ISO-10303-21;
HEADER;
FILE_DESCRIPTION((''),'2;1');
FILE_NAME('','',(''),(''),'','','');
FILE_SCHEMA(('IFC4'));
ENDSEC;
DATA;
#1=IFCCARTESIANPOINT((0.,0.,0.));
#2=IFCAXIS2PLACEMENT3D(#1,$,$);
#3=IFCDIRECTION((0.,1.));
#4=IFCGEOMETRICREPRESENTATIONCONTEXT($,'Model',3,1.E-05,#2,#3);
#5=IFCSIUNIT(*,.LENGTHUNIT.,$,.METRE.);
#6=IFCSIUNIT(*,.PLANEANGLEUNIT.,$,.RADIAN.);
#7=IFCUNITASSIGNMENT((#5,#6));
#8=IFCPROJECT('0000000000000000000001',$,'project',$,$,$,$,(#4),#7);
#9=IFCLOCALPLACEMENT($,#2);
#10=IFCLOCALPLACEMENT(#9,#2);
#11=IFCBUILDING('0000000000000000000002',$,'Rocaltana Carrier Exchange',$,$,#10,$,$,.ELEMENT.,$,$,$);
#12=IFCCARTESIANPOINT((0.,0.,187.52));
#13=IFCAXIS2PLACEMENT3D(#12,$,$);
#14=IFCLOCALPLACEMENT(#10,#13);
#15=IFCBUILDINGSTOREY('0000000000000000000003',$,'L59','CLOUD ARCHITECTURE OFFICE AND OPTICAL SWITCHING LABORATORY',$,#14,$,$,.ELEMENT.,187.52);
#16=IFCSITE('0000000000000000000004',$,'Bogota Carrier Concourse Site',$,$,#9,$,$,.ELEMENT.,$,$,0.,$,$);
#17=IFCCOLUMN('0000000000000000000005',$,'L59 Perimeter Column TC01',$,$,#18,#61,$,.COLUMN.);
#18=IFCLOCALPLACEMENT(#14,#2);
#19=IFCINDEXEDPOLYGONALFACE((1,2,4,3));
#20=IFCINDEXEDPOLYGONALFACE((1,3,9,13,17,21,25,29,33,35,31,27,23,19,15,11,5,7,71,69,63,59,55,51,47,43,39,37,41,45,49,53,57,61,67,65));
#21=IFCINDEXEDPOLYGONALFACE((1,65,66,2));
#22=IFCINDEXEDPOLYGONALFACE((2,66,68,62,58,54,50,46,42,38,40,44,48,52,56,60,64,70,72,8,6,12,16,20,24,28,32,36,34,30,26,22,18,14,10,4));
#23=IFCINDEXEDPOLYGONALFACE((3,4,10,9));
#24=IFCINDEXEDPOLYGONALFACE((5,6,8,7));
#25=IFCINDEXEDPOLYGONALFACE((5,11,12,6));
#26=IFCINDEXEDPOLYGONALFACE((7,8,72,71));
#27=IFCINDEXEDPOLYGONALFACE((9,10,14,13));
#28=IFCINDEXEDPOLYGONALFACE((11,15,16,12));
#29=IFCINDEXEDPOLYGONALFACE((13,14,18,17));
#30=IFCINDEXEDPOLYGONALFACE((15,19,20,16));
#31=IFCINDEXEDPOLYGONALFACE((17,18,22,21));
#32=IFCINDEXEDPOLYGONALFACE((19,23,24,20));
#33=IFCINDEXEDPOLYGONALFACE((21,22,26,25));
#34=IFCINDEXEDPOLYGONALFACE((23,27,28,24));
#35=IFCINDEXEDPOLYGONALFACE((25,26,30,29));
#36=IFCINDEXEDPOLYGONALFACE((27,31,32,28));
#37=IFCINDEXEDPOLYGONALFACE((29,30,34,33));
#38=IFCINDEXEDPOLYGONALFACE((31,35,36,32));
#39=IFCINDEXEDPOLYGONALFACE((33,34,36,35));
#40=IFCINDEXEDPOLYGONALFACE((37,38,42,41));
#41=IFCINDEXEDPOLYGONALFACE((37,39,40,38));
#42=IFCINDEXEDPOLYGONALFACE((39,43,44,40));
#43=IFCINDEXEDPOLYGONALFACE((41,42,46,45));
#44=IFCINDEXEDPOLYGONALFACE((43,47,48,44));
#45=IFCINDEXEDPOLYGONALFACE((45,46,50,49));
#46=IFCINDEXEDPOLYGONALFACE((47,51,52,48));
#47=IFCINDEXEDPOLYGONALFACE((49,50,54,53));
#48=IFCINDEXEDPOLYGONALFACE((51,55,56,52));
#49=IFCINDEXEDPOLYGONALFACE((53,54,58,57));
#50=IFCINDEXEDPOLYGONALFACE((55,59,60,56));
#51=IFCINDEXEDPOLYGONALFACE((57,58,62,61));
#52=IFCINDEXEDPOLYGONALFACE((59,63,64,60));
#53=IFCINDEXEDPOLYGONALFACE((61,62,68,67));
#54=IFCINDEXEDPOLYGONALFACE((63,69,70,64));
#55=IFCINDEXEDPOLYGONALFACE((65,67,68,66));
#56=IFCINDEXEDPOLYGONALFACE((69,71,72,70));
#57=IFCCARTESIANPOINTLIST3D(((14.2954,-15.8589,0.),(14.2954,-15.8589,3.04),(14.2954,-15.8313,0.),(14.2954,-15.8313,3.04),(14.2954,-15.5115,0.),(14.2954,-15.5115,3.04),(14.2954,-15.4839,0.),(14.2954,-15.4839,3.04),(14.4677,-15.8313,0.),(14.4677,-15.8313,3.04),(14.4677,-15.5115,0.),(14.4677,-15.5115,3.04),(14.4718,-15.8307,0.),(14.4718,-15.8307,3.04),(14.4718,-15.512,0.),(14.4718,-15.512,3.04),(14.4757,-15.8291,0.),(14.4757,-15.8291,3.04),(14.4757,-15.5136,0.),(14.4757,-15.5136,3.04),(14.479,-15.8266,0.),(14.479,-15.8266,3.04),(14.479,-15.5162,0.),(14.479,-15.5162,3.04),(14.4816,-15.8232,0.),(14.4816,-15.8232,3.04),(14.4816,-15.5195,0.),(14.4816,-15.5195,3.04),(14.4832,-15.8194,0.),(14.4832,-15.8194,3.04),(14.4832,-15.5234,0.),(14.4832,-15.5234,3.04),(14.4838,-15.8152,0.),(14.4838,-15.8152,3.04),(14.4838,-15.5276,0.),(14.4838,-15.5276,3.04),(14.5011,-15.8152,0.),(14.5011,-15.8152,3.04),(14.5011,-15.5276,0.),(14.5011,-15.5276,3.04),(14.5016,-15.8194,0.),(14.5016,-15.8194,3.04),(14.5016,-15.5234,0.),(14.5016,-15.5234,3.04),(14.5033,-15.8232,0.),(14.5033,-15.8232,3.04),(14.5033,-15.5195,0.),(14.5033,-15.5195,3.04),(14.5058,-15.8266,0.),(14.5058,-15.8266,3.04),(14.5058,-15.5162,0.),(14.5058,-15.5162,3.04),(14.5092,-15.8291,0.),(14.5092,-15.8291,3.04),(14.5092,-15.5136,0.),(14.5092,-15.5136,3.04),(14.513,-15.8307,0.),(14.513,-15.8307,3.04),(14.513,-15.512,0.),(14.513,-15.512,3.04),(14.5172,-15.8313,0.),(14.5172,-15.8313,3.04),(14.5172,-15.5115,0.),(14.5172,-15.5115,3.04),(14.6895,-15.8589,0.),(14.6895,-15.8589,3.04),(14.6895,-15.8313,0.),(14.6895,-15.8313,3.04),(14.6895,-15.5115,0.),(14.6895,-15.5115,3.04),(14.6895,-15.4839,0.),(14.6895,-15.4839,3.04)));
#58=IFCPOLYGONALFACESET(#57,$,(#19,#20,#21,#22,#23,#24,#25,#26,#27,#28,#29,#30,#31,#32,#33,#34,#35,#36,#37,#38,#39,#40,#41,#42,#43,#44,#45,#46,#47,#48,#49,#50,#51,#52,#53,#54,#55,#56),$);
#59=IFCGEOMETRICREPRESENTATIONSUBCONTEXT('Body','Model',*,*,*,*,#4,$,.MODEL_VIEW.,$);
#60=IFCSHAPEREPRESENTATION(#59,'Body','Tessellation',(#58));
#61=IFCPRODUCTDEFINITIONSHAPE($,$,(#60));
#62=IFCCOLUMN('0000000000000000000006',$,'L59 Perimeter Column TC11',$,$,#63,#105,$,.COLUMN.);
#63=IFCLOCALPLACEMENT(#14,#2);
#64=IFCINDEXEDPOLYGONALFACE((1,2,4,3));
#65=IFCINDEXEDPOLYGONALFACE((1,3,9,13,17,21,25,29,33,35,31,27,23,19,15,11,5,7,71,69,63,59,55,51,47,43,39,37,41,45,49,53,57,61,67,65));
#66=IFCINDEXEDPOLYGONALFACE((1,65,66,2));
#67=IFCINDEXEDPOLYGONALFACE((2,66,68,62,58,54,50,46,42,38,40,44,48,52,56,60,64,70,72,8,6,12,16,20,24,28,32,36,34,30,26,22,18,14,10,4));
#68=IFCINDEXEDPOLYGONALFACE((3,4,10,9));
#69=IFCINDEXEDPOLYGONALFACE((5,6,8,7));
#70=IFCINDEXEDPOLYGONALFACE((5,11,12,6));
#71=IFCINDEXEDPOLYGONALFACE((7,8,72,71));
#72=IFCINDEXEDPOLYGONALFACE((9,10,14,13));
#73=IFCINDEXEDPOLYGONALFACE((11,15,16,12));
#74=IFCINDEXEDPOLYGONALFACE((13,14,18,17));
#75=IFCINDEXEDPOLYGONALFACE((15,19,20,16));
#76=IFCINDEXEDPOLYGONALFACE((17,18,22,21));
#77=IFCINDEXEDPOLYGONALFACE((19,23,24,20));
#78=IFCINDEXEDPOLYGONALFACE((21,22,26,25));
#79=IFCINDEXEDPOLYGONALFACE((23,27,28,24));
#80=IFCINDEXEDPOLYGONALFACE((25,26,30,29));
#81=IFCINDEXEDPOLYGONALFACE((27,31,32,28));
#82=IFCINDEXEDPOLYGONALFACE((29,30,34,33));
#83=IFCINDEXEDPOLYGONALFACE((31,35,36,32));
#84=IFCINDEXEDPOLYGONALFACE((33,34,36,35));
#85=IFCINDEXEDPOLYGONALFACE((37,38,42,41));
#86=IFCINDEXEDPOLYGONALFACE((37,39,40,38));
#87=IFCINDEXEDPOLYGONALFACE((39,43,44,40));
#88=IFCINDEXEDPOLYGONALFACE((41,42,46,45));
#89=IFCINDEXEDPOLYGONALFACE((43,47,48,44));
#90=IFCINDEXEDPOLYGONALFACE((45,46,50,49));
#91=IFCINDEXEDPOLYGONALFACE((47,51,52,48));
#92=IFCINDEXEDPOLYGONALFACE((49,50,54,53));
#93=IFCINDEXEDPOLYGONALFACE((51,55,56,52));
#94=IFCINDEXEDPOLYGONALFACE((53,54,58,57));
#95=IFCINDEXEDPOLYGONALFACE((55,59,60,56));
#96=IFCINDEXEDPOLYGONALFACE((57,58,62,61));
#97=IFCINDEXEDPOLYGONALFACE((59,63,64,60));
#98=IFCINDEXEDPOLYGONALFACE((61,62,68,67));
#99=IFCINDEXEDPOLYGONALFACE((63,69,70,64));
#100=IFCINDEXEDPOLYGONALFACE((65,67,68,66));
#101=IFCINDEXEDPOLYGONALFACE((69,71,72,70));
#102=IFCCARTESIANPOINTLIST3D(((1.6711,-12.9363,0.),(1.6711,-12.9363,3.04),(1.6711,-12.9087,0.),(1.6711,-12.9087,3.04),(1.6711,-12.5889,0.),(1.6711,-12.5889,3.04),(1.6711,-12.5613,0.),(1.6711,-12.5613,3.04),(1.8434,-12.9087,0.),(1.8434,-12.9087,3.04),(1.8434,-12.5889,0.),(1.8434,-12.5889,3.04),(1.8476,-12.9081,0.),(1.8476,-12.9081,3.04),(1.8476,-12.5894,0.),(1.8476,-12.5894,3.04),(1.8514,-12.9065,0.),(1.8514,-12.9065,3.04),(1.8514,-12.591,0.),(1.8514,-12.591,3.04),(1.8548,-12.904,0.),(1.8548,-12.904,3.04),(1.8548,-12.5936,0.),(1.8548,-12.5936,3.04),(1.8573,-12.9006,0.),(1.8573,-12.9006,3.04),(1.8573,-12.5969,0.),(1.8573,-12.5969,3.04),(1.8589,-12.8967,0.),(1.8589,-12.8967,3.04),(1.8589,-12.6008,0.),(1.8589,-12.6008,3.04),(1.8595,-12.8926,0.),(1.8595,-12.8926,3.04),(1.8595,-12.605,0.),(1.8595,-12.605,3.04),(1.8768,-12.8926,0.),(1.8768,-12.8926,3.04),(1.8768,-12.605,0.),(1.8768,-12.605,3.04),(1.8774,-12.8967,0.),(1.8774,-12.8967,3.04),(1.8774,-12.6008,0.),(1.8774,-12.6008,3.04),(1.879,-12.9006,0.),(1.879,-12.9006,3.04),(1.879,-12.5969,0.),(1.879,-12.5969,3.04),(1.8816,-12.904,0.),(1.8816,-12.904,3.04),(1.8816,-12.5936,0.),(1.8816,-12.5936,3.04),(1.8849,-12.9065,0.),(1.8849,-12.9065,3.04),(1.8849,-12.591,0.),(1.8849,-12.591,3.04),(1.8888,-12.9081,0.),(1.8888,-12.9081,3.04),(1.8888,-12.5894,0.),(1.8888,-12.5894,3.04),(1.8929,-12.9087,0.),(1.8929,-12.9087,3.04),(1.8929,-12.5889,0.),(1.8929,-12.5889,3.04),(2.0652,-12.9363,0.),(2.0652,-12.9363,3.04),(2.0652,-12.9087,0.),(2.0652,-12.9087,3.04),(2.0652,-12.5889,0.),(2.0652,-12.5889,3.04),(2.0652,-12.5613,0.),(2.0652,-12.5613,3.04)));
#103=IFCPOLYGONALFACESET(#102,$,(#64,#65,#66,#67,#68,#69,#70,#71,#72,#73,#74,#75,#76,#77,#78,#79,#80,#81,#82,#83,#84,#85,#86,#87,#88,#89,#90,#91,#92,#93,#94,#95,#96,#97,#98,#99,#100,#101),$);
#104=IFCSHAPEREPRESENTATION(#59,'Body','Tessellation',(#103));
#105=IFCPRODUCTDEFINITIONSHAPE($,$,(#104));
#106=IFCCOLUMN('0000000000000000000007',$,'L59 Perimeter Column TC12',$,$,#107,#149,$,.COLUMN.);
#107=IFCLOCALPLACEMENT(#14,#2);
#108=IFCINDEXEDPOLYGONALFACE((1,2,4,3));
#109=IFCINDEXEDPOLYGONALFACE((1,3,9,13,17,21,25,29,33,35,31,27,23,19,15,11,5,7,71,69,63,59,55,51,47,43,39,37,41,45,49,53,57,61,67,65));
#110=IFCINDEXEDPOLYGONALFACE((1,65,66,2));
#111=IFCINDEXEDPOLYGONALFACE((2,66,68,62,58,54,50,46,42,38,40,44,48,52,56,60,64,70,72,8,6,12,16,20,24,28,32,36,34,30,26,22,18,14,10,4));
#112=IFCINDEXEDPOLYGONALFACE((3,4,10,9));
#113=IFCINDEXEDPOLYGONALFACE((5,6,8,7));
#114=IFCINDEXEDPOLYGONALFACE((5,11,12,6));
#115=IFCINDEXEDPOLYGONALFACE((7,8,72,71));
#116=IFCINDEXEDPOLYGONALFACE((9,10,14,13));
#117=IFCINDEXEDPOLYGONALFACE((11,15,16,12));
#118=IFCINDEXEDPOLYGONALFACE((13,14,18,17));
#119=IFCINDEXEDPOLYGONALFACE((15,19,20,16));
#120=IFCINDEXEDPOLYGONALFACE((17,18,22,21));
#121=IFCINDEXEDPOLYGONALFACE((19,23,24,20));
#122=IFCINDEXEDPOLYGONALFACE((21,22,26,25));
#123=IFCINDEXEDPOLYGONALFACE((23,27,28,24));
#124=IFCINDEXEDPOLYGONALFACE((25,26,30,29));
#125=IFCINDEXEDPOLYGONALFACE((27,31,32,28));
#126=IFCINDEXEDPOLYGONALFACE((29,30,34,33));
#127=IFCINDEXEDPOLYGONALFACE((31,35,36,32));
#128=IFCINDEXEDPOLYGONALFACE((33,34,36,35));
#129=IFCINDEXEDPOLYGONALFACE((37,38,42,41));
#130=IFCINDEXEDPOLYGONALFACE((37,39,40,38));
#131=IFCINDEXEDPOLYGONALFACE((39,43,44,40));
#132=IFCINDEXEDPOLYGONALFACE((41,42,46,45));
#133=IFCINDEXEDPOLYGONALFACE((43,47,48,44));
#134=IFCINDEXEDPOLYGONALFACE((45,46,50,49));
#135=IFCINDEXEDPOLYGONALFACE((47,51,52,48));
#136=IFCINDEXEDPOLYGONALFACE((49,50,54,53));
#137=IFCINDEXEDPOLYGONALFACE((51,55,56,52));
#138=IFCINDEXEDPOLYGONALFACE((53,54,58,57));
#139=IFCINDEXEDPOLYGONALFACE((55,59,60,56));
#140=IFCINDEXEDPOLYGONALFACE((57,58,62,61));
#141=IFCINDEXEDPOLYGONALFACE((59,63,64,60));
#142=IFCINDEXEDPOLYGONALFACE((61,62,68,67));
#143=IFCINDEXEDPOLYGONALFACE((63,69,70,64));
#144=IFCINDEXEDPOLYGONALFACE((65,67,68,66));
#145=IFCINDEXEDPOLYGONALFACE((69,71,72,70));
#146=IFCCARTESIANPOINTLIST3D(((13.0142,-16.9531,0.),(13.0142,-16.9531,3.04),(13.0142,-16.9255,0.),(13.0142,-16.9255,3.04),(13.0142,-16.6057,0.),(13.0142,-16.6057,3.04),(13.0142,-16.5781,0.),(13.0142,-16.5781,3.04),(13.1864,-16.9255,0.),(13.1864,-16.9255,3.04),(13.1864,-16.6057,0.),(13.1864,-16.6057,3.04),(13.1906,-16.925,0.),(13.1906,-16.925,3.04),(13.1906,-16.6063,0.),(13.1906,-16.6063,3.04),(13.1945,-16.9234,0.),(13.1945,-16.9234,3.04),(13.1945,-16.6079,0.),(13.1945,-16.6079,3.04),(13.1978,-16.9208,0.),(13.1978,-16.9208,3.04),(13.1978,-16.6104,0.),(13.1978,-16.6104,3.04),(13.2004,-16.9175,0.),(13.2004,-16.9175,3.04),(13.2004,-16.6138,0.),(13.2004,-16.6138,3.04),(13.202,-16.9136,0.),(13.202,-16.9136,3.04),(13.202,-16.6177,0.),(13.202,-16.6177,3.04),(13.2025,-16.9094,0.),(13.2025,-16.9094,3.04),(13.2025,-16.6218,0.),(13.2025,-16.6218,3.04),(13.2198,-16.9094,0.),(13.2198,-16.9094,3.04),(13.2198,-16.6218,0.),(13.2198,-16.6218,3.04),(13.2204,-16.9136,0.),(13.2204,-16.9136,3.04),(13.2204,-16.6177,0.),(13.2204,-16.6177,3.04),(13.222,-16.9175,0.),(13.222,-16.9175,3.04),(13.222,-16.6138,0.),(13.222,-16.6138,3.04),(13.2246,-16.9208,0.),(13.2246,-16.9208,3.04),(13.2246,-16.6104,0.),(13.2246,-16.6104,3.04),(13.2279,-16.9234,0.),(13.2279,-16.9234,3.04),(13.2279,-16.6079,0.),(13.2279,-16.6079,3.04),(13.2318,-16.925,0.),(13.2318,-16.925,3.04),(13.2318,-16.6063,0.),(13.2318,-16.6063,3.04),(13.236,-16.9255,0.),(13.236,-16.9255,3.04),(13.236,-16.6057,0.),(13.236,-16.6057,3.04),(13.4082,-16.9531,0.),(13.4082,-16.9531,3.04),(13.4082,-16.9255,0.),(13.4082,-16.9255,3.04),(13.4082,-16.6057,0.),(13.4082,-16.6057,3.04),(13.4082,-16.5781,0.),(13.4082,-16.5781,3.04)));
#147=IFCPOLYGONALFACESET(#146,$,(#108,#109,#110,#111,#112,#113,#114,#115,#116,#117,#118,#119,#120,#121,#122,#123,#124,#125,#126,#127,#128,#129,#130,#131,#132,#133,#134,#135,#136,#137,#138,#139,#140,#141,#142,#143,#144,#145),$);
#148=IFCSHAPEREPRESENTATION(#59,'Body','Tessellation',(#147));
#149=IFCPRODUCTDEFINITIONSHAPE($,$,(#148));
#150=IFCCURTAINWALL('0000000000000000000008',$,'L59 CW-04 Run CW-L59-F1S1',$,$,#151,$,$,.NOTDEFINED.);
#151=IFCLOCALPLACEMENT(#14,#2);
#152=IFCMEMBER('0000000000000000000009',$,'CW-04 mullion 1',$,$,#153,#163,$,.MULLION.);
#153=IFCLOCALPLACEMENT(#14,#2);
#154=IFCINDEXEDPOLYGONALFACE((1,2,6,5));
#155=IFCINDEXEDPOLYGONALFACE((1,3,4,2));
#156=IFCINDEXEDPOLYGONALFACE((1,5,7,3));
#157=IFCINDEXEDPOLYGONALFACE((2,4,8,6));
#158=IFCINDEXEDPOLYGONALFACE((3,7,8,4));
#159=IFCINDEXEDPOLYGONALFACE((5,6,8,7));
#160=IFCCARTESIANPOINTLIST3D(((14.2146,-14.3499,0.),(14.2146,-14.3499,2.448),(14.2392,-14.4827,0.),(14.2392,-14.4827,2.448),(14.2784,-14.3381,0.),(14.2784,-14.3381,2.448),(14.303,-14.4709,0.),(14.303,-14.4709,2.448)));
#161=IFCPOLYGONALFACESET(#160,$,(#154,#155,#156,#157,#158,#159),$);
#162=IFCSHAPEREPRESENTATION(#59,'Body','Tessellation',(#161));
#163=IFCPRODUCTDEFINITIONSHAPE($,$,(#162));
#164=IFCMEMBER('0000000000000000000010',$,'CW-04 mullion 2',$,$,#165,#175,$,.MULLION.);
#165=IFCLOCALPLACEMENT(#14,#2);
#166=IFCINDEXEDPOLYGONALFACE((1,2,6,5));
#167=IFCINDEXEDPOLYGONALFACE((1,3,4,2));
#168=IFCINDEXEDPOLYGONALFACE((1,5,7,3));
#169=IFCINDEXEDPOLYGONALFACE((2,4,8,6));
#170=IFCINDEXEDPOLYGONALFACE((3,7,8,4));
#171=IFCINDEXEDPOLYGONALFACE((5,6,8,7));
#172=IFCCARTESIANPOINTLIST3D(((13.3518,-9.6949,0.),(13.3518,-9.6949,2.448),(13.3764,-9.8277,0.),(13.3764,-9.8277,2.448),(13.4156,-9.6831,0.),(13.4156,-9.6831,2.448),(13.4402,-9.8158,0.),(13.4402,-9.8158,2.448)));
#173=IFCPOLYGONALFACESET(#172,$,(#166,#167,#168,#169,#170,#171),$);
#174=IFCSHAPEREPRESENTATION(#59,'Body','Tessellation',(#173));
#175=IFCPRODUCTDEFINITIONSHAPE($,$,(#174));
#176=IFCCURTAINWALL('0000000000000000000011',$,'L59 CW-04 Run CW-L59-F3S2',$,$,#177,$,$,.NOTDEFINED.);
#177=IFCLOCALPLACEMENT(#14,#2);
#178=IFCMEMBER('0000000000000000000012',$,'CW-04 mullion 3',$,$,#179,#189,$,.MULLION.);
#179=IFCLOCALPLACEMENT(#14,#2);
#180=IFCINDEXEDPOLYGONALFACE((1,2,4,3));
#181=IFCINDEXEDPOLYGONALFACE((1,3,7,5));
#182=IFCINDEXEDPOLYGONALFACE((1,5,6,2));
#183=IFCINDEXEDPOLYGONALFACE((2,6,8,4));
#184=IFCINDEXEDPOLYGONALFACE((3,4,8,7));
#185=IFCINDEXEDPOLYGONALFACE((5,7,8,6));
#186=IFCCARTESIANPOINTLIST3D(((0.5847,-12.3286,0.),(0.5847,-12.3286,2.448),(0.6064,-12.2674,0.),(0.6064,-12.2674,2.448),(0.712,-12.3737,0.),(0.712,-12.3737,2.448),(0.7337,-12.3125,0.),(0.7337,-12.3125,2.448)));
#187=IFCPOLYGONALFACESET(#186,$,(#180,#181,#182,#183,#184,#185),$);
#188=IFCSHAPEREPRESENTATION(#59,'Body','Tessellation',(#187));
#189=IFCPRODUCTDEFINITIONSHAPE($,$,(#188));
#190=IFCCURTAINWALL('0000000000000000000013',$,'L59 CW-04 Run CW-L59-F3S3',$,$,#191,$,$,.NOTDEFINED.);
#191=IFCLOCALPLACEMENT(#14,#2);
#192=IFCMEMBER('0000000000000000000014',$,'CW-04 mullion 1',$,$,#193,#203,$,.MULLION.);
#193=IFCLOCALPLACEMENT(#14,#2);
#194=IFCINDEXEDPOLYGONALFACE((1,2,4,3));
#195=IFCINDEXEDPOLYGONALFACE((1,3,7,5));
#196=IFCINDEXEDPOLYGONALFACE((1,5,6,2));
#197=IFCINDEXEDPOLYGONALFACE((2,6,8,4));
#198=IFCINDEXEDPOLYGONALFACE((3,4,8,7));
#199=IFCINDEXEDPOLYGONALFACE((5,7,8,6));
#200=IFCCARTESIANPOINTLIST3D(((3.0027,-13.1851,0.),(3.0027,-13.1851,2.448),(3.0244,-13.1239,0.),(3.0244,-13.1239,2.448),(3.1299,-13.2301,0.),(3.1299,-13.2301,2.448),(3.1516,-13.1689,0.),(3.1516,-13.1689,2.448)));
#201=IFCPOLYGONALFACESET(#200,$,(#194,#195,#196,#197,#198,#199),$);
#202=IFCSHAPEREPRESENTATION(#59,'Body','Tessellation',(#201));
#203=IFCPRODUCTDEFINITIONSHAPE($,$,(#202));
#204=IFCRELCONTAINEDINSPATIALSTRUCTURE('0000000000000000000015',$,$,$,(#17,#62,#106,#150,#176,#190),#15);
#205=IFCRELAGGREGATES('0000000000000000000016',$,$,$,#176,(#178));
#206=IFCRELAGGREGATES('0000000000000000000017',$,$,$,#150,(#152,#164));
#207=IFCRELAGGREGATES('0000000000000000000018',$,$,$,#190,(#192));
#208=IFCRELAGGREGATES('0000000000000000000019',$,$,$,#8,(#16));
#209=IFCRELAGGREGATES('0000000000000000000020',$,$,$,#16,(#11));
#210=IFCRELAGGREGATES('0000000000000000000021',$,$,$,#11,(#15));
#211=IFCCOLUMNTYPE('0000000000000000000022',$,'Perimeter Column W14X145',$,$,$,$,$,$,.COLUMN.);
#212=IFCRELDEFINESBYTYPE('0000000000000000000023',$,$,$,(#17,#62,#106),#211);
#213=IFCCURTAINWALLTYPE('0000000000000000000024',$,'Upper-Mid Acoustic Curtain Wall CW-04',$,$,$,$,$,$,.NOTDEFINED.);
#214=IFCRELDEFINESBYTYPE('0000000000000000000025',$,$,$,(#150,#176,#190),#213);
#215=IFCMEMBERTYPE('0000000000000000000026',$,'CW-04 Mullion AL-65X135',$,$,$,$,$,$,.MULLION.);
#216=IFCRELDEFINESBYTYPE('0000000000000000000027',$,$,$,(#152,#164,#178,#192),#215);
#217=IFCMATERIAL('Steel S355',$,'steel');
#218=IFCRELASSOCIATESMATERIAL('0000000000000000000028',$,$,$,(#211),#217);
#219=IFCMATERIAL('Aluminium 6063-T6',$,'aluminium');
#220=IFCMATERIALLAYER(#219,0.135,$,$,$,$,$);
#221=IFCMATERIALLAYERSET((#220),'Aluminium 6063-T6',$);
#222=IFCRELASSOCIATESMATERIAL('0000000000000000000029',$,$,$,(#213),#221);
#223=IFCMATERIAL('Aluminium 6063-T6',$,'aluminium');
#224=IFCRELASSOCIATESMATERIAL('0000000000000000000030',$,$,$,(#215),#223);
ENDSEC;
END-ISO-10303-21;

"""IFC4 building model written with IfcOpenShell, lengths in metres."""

from ifc_helpers import new_model, si_unit, direction, frame, origin, origin_2d, place, context, subcontext, project, spatial, rectangle, i_section, extrude, material, layer, layer_set, material_profile, profile_set, type_object, element, aggregate, save


model = new_model("IFC4")

# Units and contexts
model_context = context("Model", 3, precision=1e-05, world=origin(), true_north=direction((0.0, 1.0)))
body_context = subcontext(model_context, "Body", "Model", "MODEL_VIEW")
ifc_project = project(units=[si_unit("LENGTHUNIT", "METRE"), si_unit("PLANEANGLEUNIT", "RADIAN")], contexts=[model_context])

# Site, building, storey
site_placement = place(None, origin())
site = spatial("IfcSite", under=ifc_project, at=site_placement, Name="Bogota Carrier Concourse Site", CompositionType="ELEMENT", RefElevation=0.0)
building_placement = place(site_placement, origin())
building = spatial("IfcBuilding", under=site, at=building_placement, Name="Rocaltana Carrier Exchange", CompositionType="ELEMENT")
storey_placement = place(building_placement, frame((0.0, 0.0, 187.52)))
storey = spatial("IfcBuildingStorey", under=building, at=storey_placement, Name="L59", Description="CLOUD ARCHITECTURE OFFICE AND OPTICAL SWITCHING LABORATORY", CompositionType="ELEMENT", Elevation=187.52)

# Columns
ifc_material_1 = material(Name="Steel S355", Category="steel")
ifc_material_profile_1 = material_profile(ifc_material_1, i_section(OverallWidth=0.394, OverallDepth=0.375, WebThickness=0.0173, FlangeThickness=0.0276, FilletRadius=0.0161, at=origin_2d()), Name="W14X145")
ifc_profile_set_1 = profile_set([ifc_material_profile_1], Name="Steel S355")
column_type = type_object("IfcColumnType", Name="Perimeter Column W14X145", PredefinedType="COLUMN", material=ifc_profile_set_1)
for number, where, z_axis, x_axis, name in (
    (1, (14.4924, -15.6714, 0.0), (0.0, 0.0, 1.0), (1.0, 0.0, 0.0), "L59 Perimeter Column TC01"),
    (2, (1.8682, -12.7488, 0.0), (0.0, 0.0, 1.0), (1.0, 0.0, 0.0), "L59 Perimeter Column TC11"),
    (3, (13.2112, -16.7656, 0.0), (0.0, 0.0, 1.0), (1.0, 0.0, 0.0), "L59 Perimeter Column TC12"),
):
    element("IfcColumn", number, at=place(storey_placement, frame(where, z_axis=z_axis, x_axis=x_axis)), inside=storey, type_object=column_type, Name=name, PredefinedType="COLUMN", context=body_context, shape_type="SweptSolid", body=[
        extrude(i_section(OverallWidth=0.394, OverallDepth=0.375, WebThickness=0.0173, FlangeThickness=0.0276, FilletRadius=0.0161, at=origin_2d()), origin(), (0.0, 0.0, 1.0), 3.04),
    ])

# Curtain wall, members
ifc_material_2 = material(Name="Aluminium 6063-T6", Category="aluminium")
ifc_layer_1 = layer(ifc_material_2, 0.135)
ifc_layer_set_1 = layer_set([ifc_layer_1], Name="Aluminium 6063-T6")
curtain_wall_type = type_object("IfcCurtainWallType", Name="Upper-Mid Acoustic Curtain Wall CW-04", PredefinedType="NOTDEFINED", material=ifc_layer_set_1)
curtain_wall_1_placement = place(storey_placement, origin())
curtain_wall_1 = element("IfcCurtainWall", 4, at=curtain_wall_1_placement, inside=storey, type_object=curtain_wall_type, Name="L59 CW-04 Run CW-L59-F1S1", PredefinedType="NOTDEFINED")
ifc_material_3 = material(Name="Aluminium 6063-T6", Category="aluminium")
ifc_material_profile_2 = material_profile(ifc_material_3, rectangle(XDim=0.0649, YDim=0.135, at=origin_2d()), Name="AL-65X135")
ifc_profile_set_2 = profile_set([ifc_material_profile_2], Name="Aluminium 6063-T6")
member_type_1 = type_object("IfcMemberType", Name="CW-04 Mullion AL-65X135", PredefinedType="MULLION", material=ifc_profile_set_2)
member_1_placement = place(storey_placement, frame((14.2588, -14.4104, 0.0), z_axis=(0.0, 0.0, 1.0), x_axis=(-0.983255, -0.182234, 0.0)))
member_1 = element("IfcMember", 5, at=member_1_placement, type_object=member_type_1, Name="CW-04 mullion 1", PredefinedType="MULLION", context=body_context, shape_type="SweptSolid", body=[
    extrude(rectangle(XDim=0.0649, YDim=0.135, at=origin_2d()), origin(), (0.0, 0.0, 1.0), 2.448),
])
member_2_placement = place(storey_placement, frame((13.396, -9.7554, 0.0), z_axis=(0.0, 0.0, 1.0), x_axis=(-0.983255, -0.182234, 0.0)))
member_2 = element("IfcMember", 6, at=member_2_placement, type_object=member_type_1, Name="CW-04 mullion 2", PredefinedType="MULLION", context=body_context, shape_type="SweptSolid", body=[
    extrude(rectangle(XDim=0.0649, YDim=0.135, at=origin_2d()), origin(), (0.0, 0.0, 1.0), 2.448),
])

# Curtain wall, member
curtain_wall_2_placement = place(storey_placement, origin())
curtain_wall_2 = element("IfcCurtainWall", 7, at=curtain_wall_2_placement, inside=storey, type_object=curtain_wall_type, Name="L59 CW-04 Run CW-L59-F3S2", PredefinedType="NOTDEFINED")
member_3_placement = place(storey_placement, frame((0.6592, -12.3206, 0.0), z_axis=(0.0, 0.0, 1.0), x_axis=(0.333799, 0.942644, 0.0)))
member_3 = element("IfcMember", 8, at=member_3_placement, type_object=member_type_1, Name="CW-04 mullion 3", PredefinedType="MULLION", context=body_context, shape_type="SweptSolid", body=[
    extrude(rectangle(XDim=0.0649, YDim=0.135, at=origin_2d()), origin(), (0.0, 0.0, 1.0), 2.448),
])
aggregate(curtain_wall_2, [member_3])

# Curtain wall, member
curtain_wall_3_placement = place(storey_placement, origin())
curtain_wall_3 = element("IfcCurtainWall", 9, at=curtain_wall_3_placement, inside=storey, type_object=curtain_wall_type, Name="L59 CW-04 Run CW-L59-F3S3", PredefinedType="NOTDEFINED")
member_4_placement = place(storey_placement, frame((3.0771, -13.177, 0.0), z_axis=(0.0, 0.0, 1.0), x_axis=(0.333799, 0.942644, 0.0)))
member_4 = element("IfcMember", 10, at=member_4_placement, type_object=member_type_1, Name="CW-04 mullion 1", PredefinedType="MULLION", context=body_context, shape_type="SweptSolid", body=[
    extrude(rectangle(XDim=0.0649, YDim=0.135, at=origin_2d()), origin(), (0.0, 0.0, 1.0), 2.448),
])

aggregate(curtain_wall_1, [member_1, member_2])
aggregate(curtain_wall_3, [member_4])

save(model, "model.ifc")
